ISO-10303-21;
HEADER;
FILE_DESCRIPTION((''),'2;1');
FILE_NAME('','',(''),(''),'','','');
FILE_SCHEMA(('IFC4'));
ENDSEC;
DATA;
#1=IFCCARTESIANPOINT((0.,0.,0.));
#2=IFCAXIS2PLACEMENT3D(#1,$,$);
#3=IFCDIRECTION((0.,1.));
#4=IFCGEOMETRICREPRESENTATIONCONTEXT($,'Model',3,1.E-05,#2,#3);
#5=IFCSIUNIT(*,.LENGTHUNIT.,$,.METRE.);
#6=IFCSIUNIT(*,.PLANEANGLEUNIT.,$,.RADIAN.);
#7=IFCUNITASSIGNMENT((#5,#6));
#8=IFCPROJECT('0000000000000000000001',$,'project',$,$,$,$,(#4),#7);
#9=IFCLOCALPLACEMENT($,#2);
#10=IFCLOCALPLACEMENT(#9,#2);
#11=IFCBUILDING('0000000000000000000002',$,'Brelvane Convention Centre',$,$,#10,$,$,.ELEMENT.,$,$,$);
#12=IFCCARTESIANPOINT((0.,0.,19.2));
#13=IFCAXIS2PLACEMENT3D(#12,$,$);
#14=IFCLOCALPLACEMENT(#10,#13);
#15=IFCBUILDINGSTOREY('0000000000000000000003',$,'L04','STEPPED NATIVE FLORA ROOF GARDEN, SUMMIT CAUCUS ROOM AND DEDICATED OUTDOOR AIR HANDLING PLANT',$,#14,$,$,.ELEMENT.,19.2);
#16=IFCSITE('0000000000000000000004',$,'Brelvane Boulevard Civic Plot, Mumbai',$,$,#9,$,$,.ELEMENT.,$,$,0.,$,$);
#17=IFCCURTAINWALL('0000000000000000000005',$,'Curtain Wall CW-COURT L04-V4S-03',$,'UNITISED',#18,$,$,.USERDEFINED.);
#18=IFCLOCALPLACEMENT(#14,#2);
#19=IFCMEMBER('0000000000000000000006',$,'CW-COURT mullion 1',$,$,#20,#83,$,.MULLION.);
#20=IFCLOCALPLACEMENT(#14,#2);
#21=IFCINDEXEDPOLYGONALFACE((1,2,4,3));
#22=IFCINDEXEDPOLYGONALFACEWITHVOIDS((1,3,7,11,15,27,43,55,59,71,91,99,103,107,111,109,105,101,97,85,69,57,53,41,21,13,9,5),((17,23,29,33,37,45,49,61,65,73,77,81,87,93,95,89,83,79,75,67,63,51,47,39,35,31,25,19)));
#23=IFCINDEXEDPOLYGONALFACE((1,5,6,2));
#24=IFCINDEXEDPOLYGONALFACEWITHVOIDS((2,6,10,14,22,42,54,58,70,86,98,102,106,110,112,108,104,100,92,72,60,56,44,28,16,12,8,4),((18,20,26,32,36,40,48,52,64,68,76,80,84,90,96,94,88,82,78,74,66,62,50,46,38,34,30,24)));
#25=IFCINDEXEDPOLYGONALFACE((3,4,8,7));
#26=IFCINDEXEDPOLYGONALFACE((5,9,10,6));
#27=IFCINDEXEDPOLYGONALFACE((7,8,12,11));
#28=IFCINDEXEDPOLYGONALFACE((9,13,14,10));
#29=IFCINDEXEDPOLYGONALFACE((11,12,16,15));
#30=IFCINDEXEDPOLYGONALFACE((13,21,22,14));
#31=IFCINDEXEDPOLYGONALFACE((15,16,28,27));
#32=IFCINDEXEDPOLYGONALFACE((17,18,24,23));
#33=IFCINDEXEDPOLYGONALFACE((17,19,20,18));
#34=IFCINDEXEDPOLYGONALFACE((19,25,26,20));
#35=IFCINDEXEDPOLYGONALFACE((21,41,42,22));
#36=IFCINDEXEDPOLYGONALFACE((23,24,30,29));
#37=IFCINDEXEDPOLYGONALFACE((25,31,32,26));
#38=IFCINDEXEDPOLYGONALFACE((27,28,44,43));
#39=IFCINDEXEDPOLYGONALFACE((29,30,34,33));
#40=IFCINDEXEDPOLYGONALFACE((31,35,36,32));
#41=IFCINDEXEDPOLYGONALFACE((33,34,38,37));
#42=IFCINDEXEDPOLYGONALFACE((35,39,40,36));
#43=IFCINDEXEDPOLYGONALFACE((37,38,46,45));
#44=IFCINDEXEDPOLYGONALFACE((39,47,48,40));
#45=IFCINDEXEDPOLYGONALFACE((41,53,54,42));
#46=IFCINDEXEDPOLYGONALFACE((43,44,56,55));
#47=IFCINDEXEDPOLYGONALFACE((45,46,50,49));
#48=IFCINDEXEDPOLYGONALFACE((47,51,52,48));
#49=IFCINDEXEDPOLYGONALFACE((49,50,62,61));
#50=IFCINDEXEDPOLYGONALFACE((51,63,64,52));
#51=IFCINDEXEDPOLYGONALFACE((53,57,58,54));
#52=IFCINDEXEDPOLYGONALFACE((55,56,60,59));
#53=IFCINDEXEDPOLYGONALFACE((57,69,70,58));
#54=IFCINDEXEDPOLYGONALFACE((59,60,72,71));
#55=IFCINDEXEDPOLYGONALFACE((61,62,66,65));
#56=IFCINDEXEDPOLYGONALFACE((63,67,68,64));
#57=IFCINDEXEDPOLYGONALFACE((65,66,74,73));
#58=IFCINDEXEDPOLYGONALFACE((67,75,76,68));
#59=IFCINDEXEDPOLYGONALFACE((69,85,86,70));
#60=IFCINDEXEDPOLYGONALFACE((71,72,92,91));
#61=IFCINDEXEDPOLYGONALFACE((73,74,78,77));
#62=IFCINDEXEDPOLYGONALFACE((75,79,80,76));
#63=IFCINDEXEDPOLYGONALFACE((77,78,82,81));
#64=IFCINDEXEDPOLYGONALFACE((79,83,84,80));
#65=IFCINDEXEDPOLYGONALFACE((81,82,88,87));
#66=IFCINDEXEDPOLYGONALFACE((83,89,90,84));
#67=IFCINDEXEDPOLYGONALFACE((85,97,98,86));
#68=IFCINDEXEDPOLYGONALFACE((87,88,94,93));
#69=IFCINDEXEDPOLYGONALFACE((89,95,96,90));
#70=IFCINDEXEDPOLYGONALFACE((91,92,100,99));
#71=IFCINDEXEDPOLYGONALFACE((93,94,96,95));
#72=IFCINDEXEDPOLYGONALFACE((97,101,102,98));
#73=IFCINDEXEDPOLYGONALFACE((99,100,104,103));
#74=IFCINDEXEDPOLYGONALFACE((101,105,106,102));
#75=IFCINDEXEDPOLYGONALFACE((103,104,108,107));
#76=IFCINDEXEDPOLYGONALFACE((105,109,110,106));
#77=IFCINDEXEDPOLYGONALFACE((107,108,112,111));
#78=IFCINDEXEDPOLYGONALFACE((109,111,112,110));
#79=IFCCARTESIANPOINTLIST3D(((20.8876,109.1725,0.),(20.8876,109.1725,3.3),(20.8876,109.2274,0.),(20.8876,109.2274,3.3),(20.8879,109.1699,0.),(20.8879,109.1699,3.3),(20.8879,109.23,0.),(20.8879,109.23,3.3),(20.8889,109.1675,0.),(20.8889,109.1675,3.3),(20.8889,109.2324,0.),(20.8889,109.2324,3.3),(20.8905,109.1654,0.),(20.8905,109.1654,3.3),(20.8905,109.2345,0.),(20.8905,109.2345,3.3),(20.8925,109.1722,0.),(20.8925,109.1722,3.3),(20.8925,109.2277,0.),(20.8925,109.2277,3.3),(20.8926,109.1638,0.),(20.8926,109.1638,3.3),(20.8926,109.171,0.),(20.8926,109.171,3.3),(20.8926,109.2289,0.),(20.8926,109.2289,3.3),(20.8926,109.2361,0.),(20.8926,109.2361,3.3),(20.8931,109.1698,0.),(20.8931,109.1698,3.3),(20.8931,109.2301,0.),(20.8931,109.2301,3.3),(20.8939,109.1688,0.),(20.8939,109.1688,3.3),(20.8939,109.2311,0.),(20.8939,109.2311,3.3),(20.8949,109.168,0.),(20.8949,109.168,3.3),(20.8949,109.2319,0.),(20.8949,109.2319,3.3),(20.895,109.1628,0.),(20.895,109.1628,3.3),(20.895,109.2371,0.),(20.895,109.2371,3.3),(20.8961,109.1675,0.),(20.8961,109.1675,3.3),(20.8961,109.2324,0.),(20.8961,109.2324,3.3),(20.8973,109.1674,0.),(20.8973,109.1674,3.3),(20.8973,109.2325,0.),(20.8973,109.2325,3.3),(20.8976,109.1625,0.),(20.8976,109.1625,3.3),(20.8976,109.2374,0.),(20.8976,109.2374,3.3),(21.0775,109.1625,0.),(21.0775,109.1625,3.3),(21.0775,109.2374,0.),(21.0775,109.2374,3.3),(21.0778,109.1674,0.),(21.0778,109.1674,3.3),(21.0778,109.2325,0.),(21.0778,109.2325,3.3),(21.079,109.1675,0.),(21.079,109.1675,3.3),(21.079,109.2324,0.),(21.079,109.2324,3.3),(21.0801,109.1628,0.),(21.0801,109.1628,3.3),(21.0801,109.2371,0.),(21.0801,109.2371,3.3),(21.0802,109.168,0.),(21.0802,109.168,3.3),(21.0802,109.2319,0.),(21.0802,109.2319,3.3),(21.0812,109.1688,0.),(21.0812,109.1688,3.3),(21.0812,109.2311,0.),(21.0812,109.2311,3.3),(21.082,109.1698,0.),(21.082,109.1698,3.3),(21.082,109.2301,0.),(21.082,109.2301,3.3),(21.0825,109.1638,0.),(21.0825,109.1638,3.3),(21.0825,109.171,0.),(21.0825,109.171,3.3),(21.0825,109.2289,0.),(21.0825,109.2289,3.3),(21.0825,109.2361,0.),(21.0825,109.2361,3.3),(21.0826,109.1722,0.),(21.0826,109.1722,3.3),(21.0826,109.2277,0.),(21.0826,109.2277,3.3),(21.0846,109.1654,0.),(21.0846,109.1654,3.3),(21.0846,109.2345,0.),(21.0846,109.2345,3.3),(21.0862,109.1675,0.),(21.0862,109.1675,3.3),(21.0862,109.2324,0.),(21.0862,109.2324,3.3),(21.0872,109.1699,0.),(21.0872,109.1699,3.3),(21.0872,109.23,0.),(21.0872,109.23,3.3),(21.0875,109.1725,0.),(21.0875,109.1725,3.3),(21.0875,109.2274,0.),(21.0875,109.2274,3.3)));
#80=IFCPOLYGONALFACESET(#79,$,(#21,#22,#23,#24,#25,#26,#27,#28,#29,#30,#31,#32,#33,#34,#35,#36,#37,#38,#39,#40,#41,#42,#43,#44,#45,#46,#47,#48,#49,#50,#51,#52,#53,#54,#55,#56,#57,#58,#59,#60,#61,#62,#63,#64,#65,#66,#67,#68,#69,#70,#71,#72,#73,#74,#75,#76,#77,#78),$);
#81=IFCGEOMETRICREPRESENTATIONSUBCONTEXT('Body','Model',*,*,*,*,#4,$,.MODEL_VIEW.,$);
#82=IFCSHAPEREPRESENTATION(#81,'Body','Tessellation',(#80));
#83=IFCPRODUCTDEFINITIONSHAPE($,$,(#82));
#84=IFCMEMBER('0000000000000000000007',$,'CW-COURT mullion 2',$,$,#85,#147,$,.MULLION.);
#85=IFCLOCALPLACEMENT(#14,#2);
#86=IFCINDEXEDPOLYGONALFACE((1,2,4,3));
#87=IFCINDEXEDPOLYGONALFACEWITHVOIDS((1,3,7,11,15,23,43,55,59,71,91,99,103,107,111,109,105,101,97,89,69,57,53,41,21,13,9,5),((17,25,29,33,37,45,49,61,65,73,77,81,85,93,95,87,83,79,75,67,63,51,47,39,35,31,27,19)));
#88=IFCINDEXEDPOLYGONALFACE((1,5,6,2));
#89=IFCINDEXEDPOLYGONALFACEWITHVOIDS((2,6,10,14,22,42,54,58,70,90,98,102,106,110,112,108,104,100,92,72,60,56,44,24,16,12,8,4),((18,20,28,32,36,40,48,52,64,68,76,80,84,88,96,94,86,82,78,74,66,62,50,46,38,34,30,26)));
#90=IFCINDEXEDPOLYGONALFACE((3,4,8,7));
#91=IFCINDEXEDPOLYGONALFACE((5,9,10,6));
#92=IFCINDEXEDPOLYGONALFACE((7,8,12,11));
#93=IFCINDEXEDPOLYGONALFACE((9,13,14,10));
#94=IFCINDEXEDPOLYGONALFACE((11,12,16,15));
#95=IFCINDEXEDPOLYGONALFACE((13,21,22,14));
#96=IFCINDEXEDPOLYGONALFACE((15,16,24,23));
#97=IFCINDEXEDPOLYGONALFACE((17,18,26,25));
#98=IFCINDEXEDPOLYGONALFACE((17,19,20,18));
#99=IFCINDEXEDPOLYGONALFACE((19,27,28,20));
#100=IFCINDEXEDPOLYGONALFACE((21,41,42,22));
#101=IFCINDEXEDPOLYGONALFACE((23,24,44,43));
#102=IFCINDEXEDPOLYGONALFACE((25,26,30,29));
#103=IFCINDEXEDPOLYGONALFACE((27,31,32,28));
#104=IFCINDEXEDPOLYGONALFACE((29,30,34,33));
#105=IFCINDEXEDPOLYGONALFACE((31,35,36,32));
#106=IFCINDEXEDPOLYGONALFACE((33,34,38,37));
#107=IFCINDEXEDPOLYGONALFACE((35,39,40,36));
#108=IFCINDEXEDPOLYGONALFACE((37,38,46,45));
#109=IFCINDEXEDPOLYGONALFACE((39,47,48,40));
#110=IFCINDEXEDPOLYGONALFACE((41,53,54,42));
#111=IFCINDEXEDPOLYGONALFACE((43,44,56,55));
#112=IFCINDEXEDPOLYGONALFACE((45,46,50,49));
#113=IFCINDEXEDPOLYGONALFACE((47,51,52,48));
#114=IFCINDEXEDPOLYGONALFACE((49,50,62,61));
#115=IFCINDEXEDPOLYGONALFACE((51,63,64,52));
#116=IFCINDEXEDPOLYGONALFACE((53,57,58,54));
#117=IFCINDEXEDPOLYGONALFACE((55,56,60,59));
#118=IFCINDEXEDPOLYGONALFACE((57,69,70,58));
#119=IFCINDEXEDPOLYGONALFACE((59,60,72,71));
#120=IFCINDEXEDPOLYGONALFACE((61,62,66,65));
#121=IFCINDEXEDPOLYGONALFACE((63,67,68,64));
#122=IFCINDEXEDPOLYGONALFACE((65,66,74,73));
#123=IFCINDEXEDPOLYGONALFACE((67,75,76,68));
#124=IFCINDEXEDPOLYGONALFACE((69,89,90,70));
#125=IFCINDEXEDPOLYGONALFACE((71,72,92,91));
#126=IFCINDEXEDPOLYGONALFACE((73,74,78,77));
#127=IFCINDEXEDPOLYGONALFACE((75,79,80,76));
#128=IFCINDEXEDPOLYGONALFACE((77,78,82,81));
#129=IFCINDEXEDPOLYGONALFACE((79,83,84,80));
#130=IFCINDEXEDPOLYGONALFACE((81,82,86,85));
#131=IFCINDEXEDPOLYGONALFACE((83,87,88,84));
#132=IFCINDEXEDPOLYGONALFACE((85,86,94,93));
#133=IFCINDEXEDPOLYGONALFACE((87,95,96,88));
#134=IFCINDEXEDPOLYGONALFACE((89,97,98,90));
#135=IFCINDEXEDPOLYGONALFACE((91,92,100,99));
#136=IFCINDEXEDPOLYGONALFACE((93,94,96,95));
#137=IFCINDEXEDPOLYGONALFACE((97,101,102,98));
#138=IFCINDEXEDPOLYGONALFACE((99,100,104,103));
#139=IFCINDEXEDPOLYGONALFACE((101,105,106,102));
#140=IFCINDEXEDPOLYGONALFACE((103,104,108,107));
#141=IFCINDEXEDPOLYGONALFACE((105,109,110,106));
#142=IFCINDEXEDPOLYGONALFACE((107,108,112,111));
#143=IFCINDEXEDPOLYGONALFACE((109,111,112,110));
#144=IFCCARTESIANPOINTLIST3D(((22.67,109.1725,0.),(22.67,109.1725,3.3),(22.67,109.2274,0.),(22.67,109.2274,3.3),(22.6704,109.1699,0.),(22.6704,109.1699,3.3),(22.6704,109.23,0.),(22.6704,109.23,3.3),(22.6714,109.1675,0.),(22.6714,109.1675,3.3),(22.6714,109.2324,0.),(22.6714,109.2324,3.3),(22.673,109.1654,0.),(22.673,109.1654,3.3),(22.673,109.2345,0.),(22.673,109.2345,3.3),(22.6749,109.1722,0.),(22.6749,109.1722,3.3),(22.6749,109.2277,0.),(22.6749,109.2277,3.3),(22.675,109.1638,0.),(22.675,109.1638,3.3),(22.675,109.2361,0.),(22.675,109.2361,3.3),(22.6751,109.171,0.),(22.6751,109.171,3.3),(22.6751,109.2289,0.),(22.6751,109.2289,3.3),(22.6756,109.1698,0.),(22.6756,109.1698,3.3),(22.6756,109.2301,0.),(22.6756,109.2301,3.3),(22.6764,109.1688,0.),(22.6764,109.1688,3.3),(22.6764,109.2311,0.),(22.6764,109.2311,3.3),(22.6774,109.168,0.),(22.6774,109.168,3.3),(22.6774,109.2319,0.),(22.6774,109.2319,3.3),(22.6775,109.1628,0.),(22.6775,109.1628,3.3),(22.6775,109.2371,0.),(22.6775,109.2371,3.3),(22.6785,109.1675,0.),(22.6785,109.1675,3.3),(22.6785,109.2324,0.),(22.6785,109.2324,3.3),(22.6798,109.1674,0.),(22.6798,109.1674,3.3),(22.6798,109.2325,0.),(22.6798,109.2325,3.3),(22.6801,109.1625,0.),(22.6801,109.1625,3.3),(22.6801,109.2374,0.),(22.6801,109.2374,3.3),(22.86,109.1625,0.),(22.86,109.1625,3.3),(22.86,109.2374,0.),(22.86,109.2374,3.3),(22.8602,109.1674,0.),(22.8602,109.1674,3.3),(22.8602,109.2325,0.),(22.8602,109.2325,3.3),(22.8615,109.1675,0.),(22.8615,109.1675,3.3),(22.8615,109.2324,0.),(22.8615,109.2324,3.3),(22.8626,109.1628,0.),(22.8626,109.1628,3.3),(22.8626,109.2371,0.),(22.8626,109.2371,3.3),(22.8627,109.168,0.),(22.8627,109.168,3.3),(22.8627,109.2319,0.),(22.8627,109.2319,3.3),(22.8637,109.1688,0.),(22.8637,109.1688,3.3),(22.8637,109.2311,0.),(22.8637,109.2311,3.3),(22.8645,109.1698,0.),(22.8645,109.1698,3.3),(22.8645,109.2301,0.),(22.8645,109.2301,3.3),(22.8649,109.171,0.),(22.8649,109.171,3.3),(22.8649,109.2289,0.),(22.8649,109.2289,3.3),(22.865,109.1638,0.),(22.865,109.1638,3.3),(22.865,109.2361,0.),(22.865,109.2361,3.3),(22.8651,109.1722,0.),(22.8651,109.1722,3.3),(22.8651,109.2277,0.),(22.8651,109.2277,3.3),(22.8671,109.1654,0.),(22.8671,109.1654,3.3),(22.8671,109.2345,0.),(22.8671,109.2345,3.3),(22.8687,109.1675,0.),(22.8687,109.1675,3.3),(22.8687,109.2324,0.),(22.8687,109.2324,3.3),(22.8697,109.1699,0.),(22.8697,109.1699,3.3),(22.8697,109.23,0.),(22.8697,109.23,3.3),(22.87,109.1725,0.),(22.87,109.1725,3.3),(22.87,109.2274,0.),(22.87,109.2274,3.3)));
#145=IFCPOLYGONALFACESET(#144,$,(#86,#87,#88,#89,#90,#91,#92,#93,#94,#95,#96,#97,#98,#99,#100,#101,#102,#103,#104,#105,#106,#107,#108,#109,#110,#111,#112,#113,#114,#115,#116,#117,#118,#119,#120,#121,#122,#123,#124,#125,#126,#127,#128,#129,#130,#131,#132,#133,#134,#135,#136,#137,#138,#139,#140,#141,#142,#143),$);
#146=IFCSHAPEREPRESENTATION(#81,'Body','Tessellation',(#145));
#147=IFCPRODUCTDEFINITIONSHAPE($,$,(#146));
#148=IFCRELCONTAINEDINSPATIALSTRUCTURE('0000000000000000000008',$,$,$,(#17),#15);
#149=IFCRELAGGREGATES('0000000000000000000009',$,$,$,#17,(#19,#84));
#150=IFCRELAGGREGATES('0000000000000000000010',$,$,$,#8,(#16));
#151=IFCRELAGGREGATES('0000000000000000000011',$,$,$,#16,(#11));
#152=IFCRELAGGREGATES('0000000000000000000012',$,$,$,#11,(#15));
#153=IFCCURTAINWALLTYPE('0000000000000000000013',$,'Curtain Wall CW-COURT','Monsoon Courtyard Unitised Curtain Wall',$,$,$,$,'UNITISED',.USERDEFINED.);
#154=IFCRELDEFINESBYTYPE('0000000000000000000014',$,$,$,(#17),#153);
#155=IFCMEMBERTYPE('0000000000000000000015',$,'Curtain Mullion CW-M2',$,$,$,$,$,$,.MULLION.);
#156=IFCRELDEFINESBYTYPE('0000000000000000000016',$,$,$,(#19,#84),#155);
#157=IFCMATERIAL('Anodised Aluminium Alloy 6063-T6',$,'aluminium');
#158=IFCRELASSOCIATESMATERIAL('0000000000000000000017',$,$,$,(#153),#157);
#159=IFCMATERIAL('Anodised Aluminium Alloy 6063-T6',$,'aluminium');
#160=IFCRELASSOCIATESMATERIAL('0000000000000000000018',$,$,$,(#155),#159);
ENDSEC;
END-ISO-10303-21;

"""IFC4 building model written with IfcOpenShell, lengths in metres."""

from ifc_helpers import new_model, si_unit, direction, frame, origin, origin_2d, place, context, subcontext, project, spatial, hollow_rectangle, extrude, material, material_profile, profile_set, type_object, element, aggregate, save


model = new_model("IFC4")

# Units and contexts
model_context = context("Model", 3, precision=1e-05, world=origin(), true_north=direction((0.0, 1.0)))
body_context = subcontext(model_context, "Body", "Model", "MODEL_VIEW")
ifc_project = project(units=[si_unit("LENGTHUNIT", "METRE"), si_unit("PLANEANGLEUNIT", "RADIAN")], contexts=[model_context])

# Site, building, storey
site_placement = place(None, origin())
site = spatial("IfcSite", under=ifc_project, at=site_placement, Name="Brelvane Boulevard Civic Plot, Mumbai", CompositionType="ELEMENT", RefElevation=0.0)
building_placement = place(site_placement, origin())
building = spatial("IfcBuilding", under=site, at=building_placement, Name="Brelvane Convention Centre", CompositionType="ELEMENT")
storey_placement = place(building_placement, frame((0.0, 0.0, 19.2)))
storey = spatial("IfcBuildingStorey", under=building, at=storey_placement, Name="L04", Description="STEPPED NATIVE FLORA ROOF GARDEN, SUMMIT CAUCUS ROOM AND DEDICATED OUTDOOR AIR HANDLING PLANT", CompositionType="ELEMENT", Elevation=19.2)

# Curtain wall, members
ifc_material_1 = material(Name="Anodised Aluminium Alloy 6063-T6", Category="aluminium")
curtain_wall_type = type_object("IfcCurtainWallType", Name="Curtain Wall CW-COURT", Description="Monsoon Courtyard Unitised Curtain Wall", ElementType="UNITISED", PredefinedType="USERDEFINED", material=ifc_material_1)
curtain_wall_placement = place(storey_placement, origin())
curtain_wall = element("IfcCurtainWall", 1, at=curtain_wall_placement, inside=storey, type_object=curtain_wall_type, Name="Curtain Wall CW-COURT L04-V4S-03", ObjectType="UNITISED", PredefinedType="USERDEFINED")
ifc_material_2 = material(Name="Anodised Aluminium Alloy 6063-T6", Category="aluminium")
ifc_material_profile_1 = material_profile(ifc_material_2, hollow_rectangle(XDim=0.075, YDim=0.2, WallThickness=0.0049, InnerFilletRadius=0.0049, OuterFilletRadius=0.01, at=origin_2d()), Name="ALU-M 200x75x5.0")
ifc_profile_set_1 = profile_set([ifc_material_profile_1], Name="Anodised Aluminium Alloy 6063-T6")
member_type_1 = type_object("IfcMemberType", Name="Curtain Mullion CW-M2", PredefinedType="MULLION", material=ifc_profile_set_1)
member_1_placement = place(storey_placement, frame((20.9875, 109.2, 0.0), z_axis=(0.0, 0.0, 1.0), x_axis=(0.0, 1.0, 0.0)))
member_1 = element("IfcMember", 2, at=member_1_placement, type_object=member_type_1, Name="CW-COURT mullion 1", PredefinedType="MULLION", context=body_context, shape_type="SweptSolid", body=[
    extrude(hollow_rectangle(XDim=0.075, YDim=0.2, WallThickness=0.0049, InnerFilletRadius=0.0049, OuterFilletRadius=0.01, at=origin_2d()), origin(), (0.0, 0.0, 1.0), 3.3),
])
member_2_placement = place(storey_placement, frame((22.77, 109.2, 0.0), z_axis=(0.0, 0.0, 1.0), x_axis=(0.0, 1.0, 0.0)))
member_2 = element("IfcMember", 3, at=member_2_placement, type_object=member_type_1, Name="CW-COURT mullion 2", PredefinedType="MULLION", context=body_context, shape_type="SweptSolid", body=[
    extrude(hollow_rectangle(XDim=0.075, YDim=0.2, WallThickness=0.0049, InnerFilletRadius=0.0049, OuterFilletRadius=0.01, at=origin_2d()), origin(), (0.0, 0.0, 1.0), 3.3),
])
aggregate(curtain_wall, [member_1, member_2])

save(model, "model.ifc")
